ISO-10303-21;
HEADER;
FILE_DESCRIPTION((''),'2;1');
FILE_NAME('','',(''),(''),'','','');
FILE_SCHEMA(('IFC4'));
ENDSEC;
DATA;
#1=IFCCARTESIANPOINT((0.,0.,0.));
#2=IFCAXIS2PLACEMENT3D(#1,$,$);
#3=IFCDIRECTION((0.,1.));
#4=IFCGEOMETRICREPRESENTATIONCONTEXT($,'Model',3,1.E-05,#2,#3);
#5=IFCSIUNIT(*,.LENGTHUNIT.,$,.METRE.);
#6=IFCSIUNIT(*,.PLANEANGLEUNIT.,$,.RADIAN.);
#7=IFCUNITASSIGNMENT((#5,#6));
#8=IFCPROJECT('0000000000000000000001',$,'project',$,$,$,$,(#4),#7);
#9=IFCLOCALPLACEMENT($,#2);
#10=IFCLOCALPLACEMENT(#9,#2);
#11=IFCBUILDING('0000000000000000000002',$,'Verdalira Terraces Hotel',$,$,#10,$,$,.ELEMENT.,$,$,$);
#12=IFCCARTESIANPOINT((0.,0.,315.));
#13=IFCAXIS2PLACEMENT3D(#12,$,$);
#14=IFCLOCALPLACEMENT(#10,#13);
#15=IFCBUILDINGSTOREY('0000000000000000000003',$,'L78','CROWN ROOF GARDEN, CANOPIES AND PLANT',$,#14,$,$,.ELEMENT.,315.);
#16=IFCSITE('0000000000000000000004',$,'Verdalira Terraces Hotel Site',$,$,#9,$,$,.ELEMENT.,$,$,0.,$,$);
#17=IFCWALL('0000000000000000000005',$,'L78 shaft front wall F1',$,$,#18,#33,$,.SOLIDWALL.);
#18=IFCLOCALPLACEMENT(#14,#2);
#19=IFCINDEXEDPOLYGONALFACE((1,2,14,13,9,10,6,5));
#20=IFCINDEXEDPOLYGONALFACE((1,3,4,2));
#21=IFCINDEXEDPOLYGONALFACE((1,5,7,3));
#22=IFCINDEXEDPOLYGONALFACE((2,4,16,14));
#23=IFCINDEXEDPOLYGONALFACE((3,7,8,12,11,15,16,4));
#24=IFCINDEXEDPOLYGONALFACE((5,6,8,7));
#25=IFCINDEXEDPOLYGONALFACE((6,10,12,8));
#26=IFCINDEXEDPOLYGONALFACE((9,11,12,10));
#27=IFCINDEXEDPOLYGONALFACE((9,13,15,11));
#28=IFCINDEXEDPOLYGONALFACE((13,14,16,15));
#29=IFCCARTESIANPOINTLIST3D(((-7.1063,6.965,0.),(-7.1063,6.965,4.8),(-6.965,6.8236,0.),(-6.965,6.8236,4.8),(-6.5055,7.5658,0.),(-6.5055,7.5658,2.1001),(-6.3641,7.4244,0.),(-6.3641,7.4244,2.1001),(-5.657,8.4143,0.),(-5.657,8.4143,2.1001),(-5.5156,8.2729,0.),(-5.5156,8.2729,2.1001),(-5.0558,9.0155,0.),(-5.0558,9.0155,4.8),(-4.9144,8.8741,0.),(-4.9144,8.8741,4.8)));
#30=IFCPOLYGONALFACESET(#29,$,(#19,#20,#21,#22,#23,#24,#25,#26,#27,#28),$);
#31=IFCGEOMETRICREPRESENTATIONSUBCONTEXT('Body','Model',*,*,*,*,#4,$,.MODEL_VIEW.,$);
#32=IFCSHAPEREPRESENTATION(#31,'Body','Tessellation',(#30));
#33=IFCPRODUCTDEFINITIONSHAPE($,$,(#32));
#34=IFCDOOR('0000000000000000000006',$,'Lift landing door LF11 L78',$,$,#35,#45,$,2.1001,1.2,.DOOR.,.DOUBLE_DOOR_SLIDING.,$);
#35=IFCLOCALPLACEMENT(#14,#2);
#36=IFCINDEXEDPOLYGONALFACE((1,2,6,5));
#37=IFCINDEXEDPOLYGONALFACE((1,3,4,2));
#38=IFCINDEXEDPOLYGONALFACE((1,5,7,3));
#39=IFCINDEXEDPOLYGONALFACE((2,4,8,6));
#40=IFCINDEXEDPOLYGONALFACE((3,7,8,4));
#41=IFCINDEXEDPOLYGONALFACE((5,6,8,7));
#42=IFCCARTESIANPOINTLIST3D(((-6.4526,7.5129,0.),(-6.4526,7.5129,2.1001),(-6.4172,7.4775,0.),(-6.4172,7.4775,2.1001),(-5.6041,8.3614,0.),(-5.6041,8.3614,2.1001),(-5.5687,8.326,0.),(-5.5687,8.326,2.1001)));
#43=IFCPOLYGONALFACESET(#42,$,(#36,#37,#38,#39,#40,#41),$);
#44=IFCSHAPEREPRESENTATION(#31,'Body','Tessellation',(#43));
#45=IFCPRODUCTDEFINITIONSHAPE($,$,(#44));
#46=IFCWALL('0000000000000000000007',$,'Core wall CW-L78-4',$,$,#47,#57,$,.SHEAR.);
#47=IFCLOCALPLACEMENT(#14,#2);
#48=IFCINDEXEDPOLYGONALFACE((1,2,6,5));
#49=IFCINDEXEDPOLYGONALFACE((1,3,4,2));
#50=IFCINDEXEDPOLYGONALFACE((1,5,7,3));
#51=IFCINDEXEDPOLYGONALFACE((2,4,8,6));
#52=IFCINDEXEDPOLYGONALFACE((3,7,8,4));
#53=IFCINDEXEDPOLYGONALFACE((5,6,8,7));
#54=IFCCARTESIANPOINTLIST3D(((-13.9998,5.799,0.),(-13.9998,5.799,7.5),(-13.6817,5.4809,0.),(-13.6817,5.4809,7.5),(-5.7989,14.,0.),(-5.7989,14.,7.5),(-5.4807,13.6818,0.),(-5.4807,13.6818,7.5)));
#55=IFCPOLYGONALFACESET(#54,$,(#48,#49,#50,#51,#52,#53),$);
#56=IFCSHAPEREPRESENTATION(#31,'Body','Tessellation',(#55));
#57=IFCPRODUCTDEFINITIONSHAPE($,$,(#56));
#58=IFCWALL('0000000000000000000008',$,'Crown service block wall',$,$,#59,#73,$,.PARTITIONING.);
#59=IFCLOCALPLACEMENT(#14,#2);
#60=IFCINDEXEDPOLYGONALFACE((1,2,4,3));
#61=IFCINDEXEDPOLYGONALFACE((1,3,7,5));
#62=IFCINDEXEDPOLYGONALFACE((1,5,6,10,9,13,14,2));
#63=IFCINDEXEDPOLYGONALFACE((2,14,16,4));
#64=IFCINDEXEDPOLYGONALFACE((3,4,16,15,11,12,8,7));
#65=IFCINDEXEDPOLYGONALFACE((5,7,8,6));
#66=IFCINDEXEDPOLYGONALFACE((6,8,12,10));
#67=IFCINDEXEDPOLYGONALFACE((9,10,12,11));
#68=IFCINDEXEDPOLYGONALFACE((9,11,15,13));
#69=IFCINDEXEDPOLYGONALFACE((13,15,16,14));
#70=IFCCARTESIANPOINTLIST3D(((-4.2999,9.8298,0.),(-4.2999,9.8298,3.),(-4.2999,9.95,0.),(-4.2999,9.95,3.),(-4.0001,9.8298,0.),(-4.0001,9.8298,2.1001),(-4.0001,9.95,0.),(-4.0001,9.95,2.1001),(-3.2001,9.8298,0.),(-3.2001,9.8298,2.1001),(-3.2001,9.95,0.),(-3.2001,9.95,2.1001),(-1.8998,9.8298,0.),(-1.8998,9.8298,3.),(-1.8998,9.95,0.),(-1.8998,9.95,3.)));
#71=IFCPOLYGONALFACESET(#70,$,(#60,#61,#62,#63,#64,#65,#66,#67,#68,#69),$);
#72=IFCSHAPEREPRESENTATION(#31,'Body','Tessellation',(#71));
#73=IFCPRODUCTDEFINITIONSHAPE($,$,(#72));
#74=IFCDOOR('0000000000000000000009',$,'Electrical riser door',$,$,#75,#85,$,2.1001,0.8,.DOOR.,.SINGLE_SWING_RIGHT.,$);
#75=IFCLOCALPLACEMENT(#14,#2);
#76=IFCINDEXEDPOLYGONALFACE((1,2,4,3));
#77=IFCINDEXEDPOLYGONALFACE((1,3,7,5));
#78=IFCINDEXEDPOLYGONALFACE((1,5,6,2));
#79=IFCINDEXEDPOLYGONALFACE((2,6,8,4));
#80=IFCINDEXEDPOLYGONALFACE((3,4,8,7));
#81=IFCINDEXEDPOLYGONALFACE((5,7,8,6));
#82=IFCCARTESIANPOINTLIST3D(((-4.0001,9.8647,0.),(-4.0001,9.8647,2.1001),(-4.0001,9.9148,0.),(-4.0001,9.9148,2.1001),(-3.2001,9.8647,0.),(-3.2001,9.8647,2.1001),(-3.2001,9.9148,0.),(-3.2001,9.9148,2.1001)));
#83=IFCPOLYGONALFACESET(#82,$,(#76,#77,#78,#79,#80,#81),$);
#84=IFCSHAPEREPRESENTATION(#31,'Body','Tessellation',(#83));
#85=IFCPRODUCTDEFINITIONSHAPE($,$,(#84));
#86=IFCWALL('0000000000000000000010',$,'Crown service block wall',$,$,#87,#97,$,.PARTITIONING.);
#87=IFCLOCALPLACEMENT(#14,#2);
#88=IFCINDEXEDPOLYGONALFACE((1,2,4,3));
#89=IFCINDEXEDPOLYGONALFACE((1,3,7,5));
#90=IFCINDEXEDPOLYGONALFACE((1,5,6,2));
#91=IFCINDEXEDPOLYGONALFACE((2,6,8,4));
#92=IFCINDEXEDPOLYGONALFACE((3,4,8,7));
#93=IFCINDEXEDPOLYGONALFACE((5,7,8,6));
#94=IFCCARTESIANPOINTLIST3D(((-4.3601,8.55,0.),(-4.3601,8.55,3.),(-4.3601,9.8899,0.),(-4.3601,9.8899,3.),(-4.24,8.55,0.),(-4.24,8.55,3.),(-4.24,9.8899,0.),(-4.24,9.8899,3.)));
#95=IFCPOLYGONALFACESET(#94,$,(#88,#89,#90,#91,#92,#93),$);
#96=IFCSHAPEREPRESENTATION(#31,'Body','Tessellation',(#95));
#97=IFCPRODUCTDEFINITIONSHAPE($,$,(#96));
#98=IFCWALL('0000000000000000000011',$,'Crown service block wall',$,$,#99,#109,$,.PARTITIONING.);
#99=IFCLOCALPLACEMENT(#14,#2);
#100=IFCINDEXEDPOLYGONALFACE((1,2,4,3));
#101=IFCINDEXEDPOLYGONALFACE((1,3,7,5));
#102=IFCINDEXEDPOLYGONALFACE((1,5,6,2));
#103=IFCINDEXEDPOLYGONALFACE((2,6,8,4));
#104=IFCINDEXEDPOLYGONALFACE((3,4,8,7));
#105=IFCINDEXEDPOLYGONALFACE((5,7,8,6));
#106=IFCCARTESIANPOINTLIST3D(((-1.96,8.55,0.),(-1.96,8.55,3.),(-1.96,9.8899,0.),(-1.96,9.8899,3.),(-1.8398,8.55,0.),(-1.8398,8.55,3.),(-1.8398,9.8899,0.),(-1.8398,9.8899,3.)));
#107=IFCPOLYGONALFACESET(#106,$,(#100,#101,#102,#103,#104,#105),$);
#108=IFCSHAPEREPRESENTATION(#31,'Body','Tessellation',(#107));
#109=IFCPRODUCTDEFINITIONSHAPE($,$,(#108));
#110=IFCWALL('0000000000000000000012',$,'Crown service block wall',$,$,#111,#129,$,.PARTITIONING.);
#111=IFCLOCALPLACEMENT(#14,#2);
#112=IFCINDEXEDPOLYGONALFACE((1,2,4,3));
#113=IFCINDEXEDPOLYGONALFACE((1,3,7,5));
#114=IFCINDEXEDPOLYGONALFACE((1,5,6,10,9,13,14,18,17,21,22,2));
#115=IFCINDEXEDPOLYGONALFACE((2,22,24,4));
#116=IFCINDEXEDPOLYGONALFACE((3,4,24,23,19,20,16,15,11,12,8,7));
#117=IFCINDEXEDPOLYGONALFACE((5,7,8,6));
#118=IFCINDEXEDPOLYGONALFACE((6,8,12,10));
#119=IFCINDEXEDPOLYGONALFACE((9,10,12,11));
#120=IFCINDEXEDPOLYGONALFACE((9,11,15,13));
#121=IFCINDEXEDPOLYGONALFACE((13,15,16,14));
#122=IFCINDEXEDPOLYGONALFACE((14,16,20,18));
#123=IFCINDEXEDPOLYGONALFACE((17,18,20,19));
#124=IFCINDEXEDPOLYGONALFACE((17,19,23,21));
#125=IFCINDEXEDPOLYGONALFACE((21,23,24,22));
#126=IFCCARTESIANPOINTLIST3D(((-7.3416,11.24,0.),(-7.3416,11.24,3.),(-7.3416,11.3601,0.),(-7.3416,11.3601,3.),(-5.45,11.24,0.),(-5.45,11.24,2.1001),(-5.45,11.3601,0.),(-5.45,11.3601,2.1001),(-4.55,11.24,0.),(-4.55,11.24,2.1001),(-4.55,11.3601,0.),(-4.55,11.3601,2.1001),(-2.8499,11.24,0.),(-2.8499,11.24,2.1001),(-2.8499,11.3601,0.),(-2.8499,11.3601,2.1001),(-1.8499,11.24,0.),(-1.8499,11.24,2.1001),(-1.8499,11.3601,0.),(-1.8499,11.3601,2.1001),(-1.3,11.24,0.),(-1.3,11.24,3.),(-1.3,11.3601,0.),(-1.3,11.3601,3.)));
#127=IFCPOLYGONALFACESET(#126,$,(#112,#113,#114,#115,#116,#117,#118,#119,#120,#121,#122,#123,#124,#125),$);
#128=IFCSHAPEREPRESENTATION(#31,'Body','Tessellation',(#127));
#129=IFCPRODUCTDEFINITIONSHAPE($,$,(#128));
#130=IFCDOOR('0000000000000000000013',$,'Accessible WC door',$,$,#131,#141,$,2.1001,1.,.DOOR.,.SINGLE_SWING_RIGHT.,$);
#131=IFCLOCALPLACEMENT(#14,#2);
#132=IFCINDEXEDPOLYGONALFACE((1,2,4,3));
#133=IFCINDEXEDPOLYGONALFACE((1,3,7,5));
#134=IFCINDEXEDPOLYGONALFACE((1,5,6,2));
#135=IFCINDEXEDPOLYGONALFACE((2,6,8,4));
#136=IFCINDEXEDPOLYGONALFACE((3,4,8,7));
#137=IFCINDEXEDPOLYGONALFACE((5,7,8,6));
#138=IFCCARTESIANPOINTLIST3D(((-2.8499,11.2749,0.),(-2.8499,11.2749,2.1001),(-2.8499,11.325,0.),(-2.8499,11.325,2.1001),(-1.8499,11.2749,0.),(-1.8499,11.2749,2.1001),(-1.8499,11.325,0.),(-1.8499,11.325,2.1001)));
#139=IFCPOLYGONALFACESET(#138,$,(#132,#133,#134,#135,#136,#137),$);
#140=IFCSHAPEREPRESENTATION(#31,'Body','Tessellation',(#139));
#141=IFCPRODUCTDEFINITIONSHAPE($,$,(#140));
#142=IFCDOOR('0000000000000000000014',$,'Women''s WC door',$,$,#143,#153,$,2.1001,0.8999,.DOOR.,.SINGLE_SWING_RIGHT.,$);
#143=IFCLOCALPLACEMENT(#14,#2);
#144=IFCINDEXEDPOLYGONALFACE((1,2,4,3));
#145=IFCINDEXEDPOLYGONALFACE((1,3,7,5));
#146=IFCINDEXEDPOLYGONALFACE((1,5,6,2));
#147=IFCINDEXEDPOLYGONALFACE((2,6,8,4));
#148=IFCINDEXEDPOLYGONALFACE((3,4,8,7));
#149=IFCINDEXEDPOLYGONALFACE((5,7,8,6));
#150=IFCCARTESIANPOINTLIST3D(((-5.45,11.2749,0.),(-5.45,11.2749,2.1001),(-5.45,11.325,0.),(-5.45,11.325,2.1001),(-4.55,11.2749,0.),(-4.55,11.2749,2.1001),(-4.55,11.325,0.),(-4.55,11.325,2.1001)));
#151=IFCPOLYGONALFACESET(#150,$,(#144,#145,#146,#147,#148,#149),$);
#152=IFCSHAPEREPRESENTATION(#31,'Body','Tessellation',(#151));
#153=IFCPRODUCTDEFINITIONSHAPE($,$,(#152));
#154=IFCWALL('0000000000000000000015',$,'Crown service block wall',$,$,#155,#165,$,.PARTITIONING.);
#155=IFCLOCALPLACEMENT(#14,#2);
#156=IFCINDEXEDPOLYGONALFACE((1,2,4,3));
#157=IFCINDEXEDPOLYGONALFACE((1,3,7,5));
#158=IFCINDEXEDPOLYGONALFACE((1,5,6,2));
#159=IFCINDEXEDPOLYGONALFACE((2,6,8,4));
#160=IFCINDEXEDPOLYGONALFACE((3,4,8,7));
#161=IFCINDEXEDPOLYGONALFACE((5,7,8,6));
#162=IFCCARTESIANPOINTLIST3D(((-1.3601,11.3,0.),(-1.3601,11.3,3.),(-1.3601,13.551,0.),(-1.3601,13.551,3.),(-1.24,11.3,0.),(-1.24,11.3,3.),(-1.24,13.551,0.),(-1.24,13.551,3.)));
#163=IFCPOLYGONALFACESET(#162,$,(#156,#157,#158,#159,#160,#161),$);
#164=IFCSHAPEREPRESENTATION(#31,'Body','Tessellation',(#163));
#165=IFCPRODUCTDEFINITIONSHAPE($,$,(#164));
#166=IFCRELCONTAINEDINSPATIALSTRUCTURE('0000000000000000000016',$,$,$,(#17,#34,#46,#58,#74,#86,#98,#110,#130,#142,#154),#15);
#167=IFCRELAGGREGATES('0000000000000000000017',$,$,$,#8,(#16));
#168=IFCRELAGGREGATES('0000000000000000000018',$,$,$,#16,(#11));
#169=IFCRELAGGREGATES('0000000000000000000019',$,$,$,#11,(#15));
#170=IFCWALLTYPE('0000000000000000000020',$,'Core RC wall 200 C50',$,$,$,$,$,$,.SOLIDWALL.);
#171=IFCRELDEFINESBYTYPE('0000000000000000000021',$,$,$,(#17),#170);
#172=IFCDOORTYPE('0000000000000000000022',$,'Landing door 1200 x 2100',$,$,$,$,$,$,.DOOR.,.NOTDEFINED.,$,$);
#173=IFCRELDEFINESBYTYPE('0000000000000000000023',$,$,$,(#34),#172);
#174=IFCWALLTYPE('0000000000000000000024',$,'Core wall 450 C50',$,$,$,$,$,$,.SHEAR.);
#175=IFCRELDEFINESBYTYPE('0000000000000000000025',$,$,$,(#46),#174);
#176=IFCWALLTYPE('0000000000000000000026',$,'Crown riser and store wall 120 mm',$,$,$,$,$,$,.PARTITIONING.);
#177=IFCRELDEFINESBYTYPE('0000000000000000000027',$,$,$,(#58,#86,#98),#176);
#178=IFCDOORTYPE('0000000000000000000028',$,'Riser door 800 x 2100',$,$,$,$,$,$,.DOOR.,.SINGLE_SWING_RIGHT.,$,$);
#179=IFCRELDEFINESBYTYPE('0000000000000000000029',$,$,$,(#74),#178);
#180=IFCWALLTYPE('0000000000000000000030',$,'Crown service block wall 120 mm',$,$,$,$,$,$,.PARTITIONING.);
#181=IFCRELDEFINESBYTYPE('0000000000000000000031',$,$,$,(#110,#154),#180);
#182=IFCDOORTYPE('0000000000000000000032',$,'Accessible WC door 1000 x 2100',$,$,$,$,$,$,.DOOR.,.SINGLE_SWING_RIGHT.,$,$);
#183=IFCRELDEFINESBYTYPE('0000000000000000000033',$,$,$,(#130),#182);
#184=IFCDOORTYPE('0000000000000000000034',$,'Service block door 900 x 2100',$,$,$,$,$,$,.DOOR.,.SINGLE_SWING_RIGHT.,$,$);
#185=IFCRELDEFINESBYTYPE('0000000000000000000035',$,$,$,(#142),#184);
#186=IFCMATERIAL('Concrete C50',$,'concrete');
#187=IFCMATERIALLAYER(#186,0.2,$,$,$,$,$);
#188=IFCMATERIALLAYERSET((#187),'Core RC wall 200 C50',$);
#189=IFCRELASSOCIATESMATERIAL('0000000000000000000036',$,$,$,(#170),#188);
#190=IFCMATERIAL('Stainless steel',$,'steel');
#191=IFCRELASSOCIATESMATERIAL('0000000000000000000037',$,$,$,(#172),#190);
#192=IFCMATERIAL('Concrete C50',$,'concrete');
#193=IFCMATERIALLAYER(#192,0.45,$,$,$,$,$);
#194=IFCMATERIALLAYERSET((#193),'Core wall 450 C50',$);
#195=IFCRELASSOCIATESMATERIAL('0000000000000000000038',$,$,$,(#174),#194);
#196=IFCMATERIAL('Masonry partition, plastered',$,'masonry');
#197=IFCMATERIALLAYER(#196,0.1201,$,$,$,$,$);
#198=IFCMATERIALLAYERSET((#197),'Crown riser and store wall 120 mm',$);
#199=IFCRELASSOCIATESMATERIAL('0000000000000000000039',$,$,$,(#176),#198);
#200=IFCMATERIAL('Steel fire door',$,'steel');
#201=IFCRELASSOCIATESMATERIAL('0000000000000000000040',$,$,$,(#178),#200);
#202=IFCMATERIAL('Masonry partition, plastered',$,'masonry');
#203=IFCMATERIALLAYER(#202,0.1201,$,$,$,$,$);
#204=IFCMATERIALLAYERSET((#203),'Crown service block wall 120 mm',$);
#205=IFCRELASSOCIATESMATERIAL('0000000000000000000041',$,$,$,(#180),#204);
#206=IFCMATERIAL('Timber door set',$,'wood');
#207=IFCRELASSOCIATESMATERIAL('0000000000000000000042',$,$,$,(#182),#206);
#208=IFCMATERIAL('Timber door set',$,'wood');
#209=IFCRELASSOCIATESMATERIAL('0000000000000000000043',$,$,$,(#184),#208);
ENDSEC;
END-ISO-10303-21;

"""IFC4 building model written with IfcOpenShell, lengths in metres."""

from ifc_helpers import new_model, si_unit, direction, frame, frame_2d, origin, place, context, subcontext, project, spatial, rectangle, extrude, material, layer, layer_set, type_object, element, fill, save


model = new_model("IFC4")

# Units and contexts
model_context = context("Model", 3, precision=1e-05, world=origin(), true_north=direction((0.0, 1.0)))
body_context = subcontext(model_context, "Body", "Model", "MODEL_VIEW")
ifc_project = project(units=[si_unit("LENGTHUNIT", "METRE"), si_unit("PLANEANGLEUNIT", "RADIAN")], contexts=[model_context])

# Site, building, storey
site_placement = place(None, origin())
site = spatial("IfcSite", under=ifc_project, at=site_placement, Name="Verdalira Terraces Hotel Site", CompositionType="ELEMENT", RefElevation=0.0)
building_placement = place(site_placement, origin())
building = spatial("IfcBuilding", under=site, at=building_placement, Name="Verdalira Terraces Hotel", CompositionType="ELEMENT")
storey_placement = place(building_placement, frame((0.0, 0.0, 315.0)))
storey = spatial("IfcBuildingStorey", under=building, at=storey_placement, Name="L78", Description="CROWN ROOF GARDEN, CANOPIES AND PLANT", CompositionType="ELEMENT", Elevation=315.0)

# Wall, opening, door
ifc_material_1 = material(Name="Concrete C50", Category="concrete")
ifc_layer_1 = layer(ifc_material_1, 0.2)
ifc_layer_set_1 = layer_set([ifc_layer_1], Name="Core RC wall 200 C50")
wall_type_1 = type_object("IfcWallType", Name="Core RC wall 200 C50", PredefinedType="SOLIDWALL", material=ifc_layer_set_1)
wall_1_placement = place(storey_placement, frame((-4.9851, 8.9448, 0.0), z_axis=(0.0, 0.0, 1.0), x_axis=(-0.707107, -0.707107, 0.0)))
wall_1 = element("IfcWall", 1, at=wall_1_placement, inside=storey, type_object=wall_type_1, Name="L78 shaft front wall F1", PredefinedType="SOLIDWALL", context=body_context, shape_type="SweptSolid", body=[
    extrude(rectangle(XDim=2.8999, YDim=0.2, at=frame_2d((1.45, 0.0))), origin(), (0.0, 0.0, 1.0), 4.8),
])
opening_1_placement = place(wall_1_placement, frame((0.8501, 0.0, 0.0)))
opening_1 = element("IfcOpeningElement", 2, at=opening_1_placement, cuts=wall_1, PredefinedType="OPENING", context=body_context, shape_type="SweptSolid", body=[
    extrude(rectangle(XDim=1.2, YDim=2.1001, at=frame_2d((0.6001, 1.05))), frame((0.0, 0.1099, 0.0), z_axis=(0.0, -1.0, 0.0), x_axis=(1.0, 0.0, 0.0)), (0.0, 0.0, 1.0), 0.22),
])
ifc_material_2 = material(Name="Stainless steel", Category="steel")
door_type_1 = type_object("IfcDoorType", Name="Landing door 1200 x 2100", OperationType="NOTDEFINED", PredefinedType="DOOR", material=ifc_material_2)
door_1_placement = place(opening_1_placement, origin())
door_1 = element("IfcDoor", 3, at=door_1_placement, inside=storey, type_object=door_type_1, Name="Lift landing door LF11 L78", OperationType="DOUBLE_DOOR_SLIDING", OverallHeight=2.1001, OverallWidth=1.2, PredefinedType="DOOR", context=body_context, shape_type="SweptSolid", body=[
    extrude(rectangle(XDim=1.2, YDim=2.1001, at=frame_2d((0.6001, 1.05))), frame((0.0, 0.0249, 0.0), z_axis=(0.0, -1.0, 0.0), x_axis=(1.0, 0.0, 0.0)), (0.0, 0.0, 1.0), 0.05),
])
fill(opening_1, door_1)

# Wall
ifc_material_3 = material(Name="Concrete C50", Category="concrete")
ifc_layer_2 = layer(ifc_material_3, 0.45)
ifc_layer_set_2 = layer_set([ifc_layer_2], Name="Core wall 450 C50")
wall_type_2 = type_object("IfcWallType", Name="Core wall 450 C50", PredefinedType="SHEAR", material=ifc_layer_set_2)
wall_2_placement = place(storey_placement, frame((-5.6399, 13.8408, 0.0), z_axis=(0.0, 0.0, 1.0), x_axis=(-0.707107, -0.707107, 0.0)))
element("IfcWall", 4, at=wall_2_placement, inside=storey, type_object=wall_type_2, Name="Core wall CW-L78-4", PredefinedType="SHEAR", context=body_context, shape_type="SweptSolid", body=[
    extrude(rectangle(XDim=11.5979, YDim=0.45, at=frame_2d((5.7988, 0.0))), origin(), (0.0, 0.0, 1.0), 7.5),
])

# Wall, opening, door
ifc_material_4 = material(Name="Masonry partition, plastered", Category="masonry")
ifc_layer_3 = layer(ifc_material_4, 0.1201)
ifc_layer_set_3 = layer_set([ifc_layer_3], Name="Crown riser and store wall 120 mm")
wall_type_3 = type_object("IfcWallType", Name="Crown riser and store wall 120 mm", PredefinedType="PARTITIONING", material=ifc_layer_set_3)
wall_3_placement = place(storey_placement, frame((-4.3, 9.8899, 0.0), z_axis=(0.0, 0.0, 1.0), x_axis=(1.0, 0.0, 0.0)))
wall_3 = element("IfcWall", 5, at=wall_3_placement, inside=storey, type_object=wall_type_3, Name="Crown service block wall", PredefinedType="PARTITIONING", context=body_context, shape_type="SweptSolid", body=[
    extrude(rectangle(XDim=2.4001, YDim=0.1201, at=frame_2d((1.2002, 0.0))), origin(), (0.0, 0.0, 1.0), 3.0),
])
opening_2_placement = place(wall_3_placement, frame((0.3, 0.0, 0.0)))
opening_2 = element("IfcOpeningElement", 6, at=opening_2_placement, cuts=wall_3, PredefinedType="OPENING", context=body_context, shape_type="SweptSolid", body=[
    extrude(rectangle(XDim=0.8, YDim=2.1001, at=frame_2d((0.3999, 1.05))), frame((0.0, 0.0701, 0.0), z_axis=(0.0, -1.0, 0.0), x_axis=(1.0, 0.0, 0.0)), (0.0, 0.0, 1.0), 0.1401),
])
ifc_material_5 = material(Name="Steel fire door", Category="steel")
door_type_2 = type_object("IfcDoorType", Name="Riser door 800 x 2100", OperationType="SINGLE_SWING_RIGHT", PredefinedType="DOOR", material=ifc_material_5)
door_2_placement = place(opening_2_placement, origin())
door_2 = element("IfcDoor", 7, at=door_2_placement, inside=storey, type_object=door_type_2, Name="Electrical riser door", OperationType="SINGLE_SWING_RIGHT", OverallHeight=2.1001, OverallWidth=0.8, PredefinedType="DOOR", context=body_context, shape_type="SweptSolid", body=[
    extrude(rectangle(XDim=0.8, YDim=2.1001, at=frame_2d((0.3999, 1.05))), frame((0.0, 0.0249, 0.0), z_axis=(0.0, -1.0, 0.0), x_axis=(1.0, 0.0, 0.0)), (0.0, 0.0, 1.0), 0.05),
])
fill(opening_2, door_2)

# Walls
for number, where, z_axis, x_axis, name in (
    (8, (-4.3, 9.8899, 0.0), (0.0, 0.0, 1.0), (0.0, -1.0, 0.0), "Crown service block wall"),
    (9, (-1.8999, 9.8899, 0.0), (0.0, 0.0, 1.0), (0.0, -1.0, 0.0), "Crown service block wall"),
):
    element("IfcWall", number, at=place(storey_placement, frame(where, z_axis=z_axis, x_axis=x_axis)), inside=storey, type_object=wall_type_3, Name=name, PredefinedType="PARTITIONING", context=body_context, shape_type="SweptSolid", body=[
        extrude(rectangle(XDim=1.3398, YDim=0.1201, at=frame_2d((0.6699, 0.0))), origin(), (0.0, 0.0, 1.0), 3.0),
    ])

# Wall, openings, doors
ifc_material_6 = material(Name="Masonry partition, plastered", Category="masonry")
ifc_layer_4 = layer(ifc_material_6, 0.1201)
ifc_layer_set_4 = layer_set([ifc_layer_4], Name="Crown service block wall 120 mm")
wall_type_4 = type_object("IfcWallType", Name="Crown service block wall 120 mm", PredefinedType="PARTITIONING", material=ifc_layer_set_4)
wall_4_placement = place(storey_placement, frame((-7.3416, 11.3, 0.0), z_axis=(0.0, 0.0, 1.0), x_axis=(1.0, 0.0, 0.0)))
wall_4 = element("IfcWall", 10, at=wall_4_placement, inside=storey, type_object=wall_type_4, Name="Crown service block wall", PredefinedType="PARTITIONING", context=body_context, shape_type="SweptSolid", body=[
    extrude(rectangle(XDim=6.0415, YDim=0.1201, at=frame_2d((3.0208, 0.0))), origin(), (0.0, 0.0, 1.0), 3.0),
])
opening_3_placement = place(wall_4_placement, frame((1.8916, 0.0, 0.0)))
opening_3 = element("IfcOpeningElement", 11, at=opening_3_placement, cuts=wall_4, PredefinedType="OPENING", context=body_context, shape_type="SweptSolid", body=[
    extrude(rectangle(XDim=0.8999, YDim=2.1001, at=frame_2d((0.45, 1.05))), frame((0.0, 0.0701, 0.0), z_axis=(0.0, -1.0, 0.0), x_axis=(1.0, 0.0, 0.0)), (0.0, 0.0, 1.0), 0.1401),
])
opening_4_placement = place(wall_4_placement, frame((4.4917, 0.0, 0.0)))
opening_4 = element("IfcOpeningElement", 12, at=opening_4_placement, cuts=wall_4, PredefinedType="OPENING", context=body_context, shape_type="SweptSolid", body=[
    extrude(rectangle(XDim=1.0, YDim=2.1001, at=frame_2d((0.5, 1.05))), frame((0.0, 0.0701, 0.0), z_axis=(0.0, -1.0, 0.0), x_axis=(1.0, 0.0, 0.0)), (0.0, 0.0, 1.0), 0.1401),
])
ifc_material_7 = material(Name="Timber door set", Category="wood")
door_type_3 = type_object("IfcDoorType", Name="Accessible WC door 1000 x 2100", OperationType="SINGLE_SWING_RIGHT", PredefinedType="DOOR", material=ifc_material_7)
door_3_placement = place(opening_4_placement, origin())
door_3 = element("IfcDoor", 13, at=door_3_placement, inside=storey, type_object=door_type_3, Name="Accessible WC door", OperationType="SINGLE_SWING_RIGHT", OverallHeight=2.1001, OverallWidth=1.0, PredefinedType="DOOR", context=body_context, shape_type="SweptSolid", body=[
    extrude(rectangle(XDim=1.0, YDim=2.1001, at=frame_2d((0.5, 1.05))), frame((0.0, 0.0249, 0.0), z_axis=(0.0, -1.0, 0.0), x_axis=(1.0, 0.0, 0.0)), (0.0, 0.0, 1.0), 0.05),
])
fill(opening_4, door_3)
ifc_material_8 = material(Name="Timber door set", Category="wood")
door_type_4 = type_object("IfcDoorType", Name="Service block door 900 x 2100", OperationType="SINGLE_SWING_RIGHT", PredefinedType="DOOR", material=ifc_material_8)
door_4_placement = place(opening_3_placement, origin())
door_4 = element("IfcDoor", 14, at=door_4_placement, inside=storey, type_object=door_type_4, Name="Women's WC door", OperationType="SINGLE_SWING_RIGHT", OverallHeight=2.1001, OverallWidth=0.8999, PredefinedType="DOOR", context=body_context, shape_type="SweptSolid", body=[
    extrude(rectangle(XDim=0.8999, YDim=2.1001, at=frame_2d((0.45, 1.05))), frame((0.0, 0.0249, 0.0), z_axis=(0.0, -1.0, 0.0), x_axis=(1.0, 0.0, 0.0)), (0.0, 0.0, 1.0), 0.05),
])
fill(opening_3, door_4)

# Wall
for number, where, z_axis, x_axis, name in (
    (15, (-1.3, 11.3, 0.0), (0.0, 0.0, 1.0), (0.0, 1.0, 0.0), "Crown service block wall"),
):
    element("IfcWall", number, at=place(storey_placement, frame(where, z_axis=z_axis, x_axis=x_axis)), inside=storey, type_object=wall_type_4, Name=name, PredefinedType="PARTITIONING", context=body_context, shape_type="SweptSolid", body=[
        extrude(rectangle(XDim=2.251, YDim=0.1201, at=frame_2d((1.1255, 0.0))), origin(), (0.0, 0.0, 1.0), 3.0),
    ])

save(model, "model.ifc")
